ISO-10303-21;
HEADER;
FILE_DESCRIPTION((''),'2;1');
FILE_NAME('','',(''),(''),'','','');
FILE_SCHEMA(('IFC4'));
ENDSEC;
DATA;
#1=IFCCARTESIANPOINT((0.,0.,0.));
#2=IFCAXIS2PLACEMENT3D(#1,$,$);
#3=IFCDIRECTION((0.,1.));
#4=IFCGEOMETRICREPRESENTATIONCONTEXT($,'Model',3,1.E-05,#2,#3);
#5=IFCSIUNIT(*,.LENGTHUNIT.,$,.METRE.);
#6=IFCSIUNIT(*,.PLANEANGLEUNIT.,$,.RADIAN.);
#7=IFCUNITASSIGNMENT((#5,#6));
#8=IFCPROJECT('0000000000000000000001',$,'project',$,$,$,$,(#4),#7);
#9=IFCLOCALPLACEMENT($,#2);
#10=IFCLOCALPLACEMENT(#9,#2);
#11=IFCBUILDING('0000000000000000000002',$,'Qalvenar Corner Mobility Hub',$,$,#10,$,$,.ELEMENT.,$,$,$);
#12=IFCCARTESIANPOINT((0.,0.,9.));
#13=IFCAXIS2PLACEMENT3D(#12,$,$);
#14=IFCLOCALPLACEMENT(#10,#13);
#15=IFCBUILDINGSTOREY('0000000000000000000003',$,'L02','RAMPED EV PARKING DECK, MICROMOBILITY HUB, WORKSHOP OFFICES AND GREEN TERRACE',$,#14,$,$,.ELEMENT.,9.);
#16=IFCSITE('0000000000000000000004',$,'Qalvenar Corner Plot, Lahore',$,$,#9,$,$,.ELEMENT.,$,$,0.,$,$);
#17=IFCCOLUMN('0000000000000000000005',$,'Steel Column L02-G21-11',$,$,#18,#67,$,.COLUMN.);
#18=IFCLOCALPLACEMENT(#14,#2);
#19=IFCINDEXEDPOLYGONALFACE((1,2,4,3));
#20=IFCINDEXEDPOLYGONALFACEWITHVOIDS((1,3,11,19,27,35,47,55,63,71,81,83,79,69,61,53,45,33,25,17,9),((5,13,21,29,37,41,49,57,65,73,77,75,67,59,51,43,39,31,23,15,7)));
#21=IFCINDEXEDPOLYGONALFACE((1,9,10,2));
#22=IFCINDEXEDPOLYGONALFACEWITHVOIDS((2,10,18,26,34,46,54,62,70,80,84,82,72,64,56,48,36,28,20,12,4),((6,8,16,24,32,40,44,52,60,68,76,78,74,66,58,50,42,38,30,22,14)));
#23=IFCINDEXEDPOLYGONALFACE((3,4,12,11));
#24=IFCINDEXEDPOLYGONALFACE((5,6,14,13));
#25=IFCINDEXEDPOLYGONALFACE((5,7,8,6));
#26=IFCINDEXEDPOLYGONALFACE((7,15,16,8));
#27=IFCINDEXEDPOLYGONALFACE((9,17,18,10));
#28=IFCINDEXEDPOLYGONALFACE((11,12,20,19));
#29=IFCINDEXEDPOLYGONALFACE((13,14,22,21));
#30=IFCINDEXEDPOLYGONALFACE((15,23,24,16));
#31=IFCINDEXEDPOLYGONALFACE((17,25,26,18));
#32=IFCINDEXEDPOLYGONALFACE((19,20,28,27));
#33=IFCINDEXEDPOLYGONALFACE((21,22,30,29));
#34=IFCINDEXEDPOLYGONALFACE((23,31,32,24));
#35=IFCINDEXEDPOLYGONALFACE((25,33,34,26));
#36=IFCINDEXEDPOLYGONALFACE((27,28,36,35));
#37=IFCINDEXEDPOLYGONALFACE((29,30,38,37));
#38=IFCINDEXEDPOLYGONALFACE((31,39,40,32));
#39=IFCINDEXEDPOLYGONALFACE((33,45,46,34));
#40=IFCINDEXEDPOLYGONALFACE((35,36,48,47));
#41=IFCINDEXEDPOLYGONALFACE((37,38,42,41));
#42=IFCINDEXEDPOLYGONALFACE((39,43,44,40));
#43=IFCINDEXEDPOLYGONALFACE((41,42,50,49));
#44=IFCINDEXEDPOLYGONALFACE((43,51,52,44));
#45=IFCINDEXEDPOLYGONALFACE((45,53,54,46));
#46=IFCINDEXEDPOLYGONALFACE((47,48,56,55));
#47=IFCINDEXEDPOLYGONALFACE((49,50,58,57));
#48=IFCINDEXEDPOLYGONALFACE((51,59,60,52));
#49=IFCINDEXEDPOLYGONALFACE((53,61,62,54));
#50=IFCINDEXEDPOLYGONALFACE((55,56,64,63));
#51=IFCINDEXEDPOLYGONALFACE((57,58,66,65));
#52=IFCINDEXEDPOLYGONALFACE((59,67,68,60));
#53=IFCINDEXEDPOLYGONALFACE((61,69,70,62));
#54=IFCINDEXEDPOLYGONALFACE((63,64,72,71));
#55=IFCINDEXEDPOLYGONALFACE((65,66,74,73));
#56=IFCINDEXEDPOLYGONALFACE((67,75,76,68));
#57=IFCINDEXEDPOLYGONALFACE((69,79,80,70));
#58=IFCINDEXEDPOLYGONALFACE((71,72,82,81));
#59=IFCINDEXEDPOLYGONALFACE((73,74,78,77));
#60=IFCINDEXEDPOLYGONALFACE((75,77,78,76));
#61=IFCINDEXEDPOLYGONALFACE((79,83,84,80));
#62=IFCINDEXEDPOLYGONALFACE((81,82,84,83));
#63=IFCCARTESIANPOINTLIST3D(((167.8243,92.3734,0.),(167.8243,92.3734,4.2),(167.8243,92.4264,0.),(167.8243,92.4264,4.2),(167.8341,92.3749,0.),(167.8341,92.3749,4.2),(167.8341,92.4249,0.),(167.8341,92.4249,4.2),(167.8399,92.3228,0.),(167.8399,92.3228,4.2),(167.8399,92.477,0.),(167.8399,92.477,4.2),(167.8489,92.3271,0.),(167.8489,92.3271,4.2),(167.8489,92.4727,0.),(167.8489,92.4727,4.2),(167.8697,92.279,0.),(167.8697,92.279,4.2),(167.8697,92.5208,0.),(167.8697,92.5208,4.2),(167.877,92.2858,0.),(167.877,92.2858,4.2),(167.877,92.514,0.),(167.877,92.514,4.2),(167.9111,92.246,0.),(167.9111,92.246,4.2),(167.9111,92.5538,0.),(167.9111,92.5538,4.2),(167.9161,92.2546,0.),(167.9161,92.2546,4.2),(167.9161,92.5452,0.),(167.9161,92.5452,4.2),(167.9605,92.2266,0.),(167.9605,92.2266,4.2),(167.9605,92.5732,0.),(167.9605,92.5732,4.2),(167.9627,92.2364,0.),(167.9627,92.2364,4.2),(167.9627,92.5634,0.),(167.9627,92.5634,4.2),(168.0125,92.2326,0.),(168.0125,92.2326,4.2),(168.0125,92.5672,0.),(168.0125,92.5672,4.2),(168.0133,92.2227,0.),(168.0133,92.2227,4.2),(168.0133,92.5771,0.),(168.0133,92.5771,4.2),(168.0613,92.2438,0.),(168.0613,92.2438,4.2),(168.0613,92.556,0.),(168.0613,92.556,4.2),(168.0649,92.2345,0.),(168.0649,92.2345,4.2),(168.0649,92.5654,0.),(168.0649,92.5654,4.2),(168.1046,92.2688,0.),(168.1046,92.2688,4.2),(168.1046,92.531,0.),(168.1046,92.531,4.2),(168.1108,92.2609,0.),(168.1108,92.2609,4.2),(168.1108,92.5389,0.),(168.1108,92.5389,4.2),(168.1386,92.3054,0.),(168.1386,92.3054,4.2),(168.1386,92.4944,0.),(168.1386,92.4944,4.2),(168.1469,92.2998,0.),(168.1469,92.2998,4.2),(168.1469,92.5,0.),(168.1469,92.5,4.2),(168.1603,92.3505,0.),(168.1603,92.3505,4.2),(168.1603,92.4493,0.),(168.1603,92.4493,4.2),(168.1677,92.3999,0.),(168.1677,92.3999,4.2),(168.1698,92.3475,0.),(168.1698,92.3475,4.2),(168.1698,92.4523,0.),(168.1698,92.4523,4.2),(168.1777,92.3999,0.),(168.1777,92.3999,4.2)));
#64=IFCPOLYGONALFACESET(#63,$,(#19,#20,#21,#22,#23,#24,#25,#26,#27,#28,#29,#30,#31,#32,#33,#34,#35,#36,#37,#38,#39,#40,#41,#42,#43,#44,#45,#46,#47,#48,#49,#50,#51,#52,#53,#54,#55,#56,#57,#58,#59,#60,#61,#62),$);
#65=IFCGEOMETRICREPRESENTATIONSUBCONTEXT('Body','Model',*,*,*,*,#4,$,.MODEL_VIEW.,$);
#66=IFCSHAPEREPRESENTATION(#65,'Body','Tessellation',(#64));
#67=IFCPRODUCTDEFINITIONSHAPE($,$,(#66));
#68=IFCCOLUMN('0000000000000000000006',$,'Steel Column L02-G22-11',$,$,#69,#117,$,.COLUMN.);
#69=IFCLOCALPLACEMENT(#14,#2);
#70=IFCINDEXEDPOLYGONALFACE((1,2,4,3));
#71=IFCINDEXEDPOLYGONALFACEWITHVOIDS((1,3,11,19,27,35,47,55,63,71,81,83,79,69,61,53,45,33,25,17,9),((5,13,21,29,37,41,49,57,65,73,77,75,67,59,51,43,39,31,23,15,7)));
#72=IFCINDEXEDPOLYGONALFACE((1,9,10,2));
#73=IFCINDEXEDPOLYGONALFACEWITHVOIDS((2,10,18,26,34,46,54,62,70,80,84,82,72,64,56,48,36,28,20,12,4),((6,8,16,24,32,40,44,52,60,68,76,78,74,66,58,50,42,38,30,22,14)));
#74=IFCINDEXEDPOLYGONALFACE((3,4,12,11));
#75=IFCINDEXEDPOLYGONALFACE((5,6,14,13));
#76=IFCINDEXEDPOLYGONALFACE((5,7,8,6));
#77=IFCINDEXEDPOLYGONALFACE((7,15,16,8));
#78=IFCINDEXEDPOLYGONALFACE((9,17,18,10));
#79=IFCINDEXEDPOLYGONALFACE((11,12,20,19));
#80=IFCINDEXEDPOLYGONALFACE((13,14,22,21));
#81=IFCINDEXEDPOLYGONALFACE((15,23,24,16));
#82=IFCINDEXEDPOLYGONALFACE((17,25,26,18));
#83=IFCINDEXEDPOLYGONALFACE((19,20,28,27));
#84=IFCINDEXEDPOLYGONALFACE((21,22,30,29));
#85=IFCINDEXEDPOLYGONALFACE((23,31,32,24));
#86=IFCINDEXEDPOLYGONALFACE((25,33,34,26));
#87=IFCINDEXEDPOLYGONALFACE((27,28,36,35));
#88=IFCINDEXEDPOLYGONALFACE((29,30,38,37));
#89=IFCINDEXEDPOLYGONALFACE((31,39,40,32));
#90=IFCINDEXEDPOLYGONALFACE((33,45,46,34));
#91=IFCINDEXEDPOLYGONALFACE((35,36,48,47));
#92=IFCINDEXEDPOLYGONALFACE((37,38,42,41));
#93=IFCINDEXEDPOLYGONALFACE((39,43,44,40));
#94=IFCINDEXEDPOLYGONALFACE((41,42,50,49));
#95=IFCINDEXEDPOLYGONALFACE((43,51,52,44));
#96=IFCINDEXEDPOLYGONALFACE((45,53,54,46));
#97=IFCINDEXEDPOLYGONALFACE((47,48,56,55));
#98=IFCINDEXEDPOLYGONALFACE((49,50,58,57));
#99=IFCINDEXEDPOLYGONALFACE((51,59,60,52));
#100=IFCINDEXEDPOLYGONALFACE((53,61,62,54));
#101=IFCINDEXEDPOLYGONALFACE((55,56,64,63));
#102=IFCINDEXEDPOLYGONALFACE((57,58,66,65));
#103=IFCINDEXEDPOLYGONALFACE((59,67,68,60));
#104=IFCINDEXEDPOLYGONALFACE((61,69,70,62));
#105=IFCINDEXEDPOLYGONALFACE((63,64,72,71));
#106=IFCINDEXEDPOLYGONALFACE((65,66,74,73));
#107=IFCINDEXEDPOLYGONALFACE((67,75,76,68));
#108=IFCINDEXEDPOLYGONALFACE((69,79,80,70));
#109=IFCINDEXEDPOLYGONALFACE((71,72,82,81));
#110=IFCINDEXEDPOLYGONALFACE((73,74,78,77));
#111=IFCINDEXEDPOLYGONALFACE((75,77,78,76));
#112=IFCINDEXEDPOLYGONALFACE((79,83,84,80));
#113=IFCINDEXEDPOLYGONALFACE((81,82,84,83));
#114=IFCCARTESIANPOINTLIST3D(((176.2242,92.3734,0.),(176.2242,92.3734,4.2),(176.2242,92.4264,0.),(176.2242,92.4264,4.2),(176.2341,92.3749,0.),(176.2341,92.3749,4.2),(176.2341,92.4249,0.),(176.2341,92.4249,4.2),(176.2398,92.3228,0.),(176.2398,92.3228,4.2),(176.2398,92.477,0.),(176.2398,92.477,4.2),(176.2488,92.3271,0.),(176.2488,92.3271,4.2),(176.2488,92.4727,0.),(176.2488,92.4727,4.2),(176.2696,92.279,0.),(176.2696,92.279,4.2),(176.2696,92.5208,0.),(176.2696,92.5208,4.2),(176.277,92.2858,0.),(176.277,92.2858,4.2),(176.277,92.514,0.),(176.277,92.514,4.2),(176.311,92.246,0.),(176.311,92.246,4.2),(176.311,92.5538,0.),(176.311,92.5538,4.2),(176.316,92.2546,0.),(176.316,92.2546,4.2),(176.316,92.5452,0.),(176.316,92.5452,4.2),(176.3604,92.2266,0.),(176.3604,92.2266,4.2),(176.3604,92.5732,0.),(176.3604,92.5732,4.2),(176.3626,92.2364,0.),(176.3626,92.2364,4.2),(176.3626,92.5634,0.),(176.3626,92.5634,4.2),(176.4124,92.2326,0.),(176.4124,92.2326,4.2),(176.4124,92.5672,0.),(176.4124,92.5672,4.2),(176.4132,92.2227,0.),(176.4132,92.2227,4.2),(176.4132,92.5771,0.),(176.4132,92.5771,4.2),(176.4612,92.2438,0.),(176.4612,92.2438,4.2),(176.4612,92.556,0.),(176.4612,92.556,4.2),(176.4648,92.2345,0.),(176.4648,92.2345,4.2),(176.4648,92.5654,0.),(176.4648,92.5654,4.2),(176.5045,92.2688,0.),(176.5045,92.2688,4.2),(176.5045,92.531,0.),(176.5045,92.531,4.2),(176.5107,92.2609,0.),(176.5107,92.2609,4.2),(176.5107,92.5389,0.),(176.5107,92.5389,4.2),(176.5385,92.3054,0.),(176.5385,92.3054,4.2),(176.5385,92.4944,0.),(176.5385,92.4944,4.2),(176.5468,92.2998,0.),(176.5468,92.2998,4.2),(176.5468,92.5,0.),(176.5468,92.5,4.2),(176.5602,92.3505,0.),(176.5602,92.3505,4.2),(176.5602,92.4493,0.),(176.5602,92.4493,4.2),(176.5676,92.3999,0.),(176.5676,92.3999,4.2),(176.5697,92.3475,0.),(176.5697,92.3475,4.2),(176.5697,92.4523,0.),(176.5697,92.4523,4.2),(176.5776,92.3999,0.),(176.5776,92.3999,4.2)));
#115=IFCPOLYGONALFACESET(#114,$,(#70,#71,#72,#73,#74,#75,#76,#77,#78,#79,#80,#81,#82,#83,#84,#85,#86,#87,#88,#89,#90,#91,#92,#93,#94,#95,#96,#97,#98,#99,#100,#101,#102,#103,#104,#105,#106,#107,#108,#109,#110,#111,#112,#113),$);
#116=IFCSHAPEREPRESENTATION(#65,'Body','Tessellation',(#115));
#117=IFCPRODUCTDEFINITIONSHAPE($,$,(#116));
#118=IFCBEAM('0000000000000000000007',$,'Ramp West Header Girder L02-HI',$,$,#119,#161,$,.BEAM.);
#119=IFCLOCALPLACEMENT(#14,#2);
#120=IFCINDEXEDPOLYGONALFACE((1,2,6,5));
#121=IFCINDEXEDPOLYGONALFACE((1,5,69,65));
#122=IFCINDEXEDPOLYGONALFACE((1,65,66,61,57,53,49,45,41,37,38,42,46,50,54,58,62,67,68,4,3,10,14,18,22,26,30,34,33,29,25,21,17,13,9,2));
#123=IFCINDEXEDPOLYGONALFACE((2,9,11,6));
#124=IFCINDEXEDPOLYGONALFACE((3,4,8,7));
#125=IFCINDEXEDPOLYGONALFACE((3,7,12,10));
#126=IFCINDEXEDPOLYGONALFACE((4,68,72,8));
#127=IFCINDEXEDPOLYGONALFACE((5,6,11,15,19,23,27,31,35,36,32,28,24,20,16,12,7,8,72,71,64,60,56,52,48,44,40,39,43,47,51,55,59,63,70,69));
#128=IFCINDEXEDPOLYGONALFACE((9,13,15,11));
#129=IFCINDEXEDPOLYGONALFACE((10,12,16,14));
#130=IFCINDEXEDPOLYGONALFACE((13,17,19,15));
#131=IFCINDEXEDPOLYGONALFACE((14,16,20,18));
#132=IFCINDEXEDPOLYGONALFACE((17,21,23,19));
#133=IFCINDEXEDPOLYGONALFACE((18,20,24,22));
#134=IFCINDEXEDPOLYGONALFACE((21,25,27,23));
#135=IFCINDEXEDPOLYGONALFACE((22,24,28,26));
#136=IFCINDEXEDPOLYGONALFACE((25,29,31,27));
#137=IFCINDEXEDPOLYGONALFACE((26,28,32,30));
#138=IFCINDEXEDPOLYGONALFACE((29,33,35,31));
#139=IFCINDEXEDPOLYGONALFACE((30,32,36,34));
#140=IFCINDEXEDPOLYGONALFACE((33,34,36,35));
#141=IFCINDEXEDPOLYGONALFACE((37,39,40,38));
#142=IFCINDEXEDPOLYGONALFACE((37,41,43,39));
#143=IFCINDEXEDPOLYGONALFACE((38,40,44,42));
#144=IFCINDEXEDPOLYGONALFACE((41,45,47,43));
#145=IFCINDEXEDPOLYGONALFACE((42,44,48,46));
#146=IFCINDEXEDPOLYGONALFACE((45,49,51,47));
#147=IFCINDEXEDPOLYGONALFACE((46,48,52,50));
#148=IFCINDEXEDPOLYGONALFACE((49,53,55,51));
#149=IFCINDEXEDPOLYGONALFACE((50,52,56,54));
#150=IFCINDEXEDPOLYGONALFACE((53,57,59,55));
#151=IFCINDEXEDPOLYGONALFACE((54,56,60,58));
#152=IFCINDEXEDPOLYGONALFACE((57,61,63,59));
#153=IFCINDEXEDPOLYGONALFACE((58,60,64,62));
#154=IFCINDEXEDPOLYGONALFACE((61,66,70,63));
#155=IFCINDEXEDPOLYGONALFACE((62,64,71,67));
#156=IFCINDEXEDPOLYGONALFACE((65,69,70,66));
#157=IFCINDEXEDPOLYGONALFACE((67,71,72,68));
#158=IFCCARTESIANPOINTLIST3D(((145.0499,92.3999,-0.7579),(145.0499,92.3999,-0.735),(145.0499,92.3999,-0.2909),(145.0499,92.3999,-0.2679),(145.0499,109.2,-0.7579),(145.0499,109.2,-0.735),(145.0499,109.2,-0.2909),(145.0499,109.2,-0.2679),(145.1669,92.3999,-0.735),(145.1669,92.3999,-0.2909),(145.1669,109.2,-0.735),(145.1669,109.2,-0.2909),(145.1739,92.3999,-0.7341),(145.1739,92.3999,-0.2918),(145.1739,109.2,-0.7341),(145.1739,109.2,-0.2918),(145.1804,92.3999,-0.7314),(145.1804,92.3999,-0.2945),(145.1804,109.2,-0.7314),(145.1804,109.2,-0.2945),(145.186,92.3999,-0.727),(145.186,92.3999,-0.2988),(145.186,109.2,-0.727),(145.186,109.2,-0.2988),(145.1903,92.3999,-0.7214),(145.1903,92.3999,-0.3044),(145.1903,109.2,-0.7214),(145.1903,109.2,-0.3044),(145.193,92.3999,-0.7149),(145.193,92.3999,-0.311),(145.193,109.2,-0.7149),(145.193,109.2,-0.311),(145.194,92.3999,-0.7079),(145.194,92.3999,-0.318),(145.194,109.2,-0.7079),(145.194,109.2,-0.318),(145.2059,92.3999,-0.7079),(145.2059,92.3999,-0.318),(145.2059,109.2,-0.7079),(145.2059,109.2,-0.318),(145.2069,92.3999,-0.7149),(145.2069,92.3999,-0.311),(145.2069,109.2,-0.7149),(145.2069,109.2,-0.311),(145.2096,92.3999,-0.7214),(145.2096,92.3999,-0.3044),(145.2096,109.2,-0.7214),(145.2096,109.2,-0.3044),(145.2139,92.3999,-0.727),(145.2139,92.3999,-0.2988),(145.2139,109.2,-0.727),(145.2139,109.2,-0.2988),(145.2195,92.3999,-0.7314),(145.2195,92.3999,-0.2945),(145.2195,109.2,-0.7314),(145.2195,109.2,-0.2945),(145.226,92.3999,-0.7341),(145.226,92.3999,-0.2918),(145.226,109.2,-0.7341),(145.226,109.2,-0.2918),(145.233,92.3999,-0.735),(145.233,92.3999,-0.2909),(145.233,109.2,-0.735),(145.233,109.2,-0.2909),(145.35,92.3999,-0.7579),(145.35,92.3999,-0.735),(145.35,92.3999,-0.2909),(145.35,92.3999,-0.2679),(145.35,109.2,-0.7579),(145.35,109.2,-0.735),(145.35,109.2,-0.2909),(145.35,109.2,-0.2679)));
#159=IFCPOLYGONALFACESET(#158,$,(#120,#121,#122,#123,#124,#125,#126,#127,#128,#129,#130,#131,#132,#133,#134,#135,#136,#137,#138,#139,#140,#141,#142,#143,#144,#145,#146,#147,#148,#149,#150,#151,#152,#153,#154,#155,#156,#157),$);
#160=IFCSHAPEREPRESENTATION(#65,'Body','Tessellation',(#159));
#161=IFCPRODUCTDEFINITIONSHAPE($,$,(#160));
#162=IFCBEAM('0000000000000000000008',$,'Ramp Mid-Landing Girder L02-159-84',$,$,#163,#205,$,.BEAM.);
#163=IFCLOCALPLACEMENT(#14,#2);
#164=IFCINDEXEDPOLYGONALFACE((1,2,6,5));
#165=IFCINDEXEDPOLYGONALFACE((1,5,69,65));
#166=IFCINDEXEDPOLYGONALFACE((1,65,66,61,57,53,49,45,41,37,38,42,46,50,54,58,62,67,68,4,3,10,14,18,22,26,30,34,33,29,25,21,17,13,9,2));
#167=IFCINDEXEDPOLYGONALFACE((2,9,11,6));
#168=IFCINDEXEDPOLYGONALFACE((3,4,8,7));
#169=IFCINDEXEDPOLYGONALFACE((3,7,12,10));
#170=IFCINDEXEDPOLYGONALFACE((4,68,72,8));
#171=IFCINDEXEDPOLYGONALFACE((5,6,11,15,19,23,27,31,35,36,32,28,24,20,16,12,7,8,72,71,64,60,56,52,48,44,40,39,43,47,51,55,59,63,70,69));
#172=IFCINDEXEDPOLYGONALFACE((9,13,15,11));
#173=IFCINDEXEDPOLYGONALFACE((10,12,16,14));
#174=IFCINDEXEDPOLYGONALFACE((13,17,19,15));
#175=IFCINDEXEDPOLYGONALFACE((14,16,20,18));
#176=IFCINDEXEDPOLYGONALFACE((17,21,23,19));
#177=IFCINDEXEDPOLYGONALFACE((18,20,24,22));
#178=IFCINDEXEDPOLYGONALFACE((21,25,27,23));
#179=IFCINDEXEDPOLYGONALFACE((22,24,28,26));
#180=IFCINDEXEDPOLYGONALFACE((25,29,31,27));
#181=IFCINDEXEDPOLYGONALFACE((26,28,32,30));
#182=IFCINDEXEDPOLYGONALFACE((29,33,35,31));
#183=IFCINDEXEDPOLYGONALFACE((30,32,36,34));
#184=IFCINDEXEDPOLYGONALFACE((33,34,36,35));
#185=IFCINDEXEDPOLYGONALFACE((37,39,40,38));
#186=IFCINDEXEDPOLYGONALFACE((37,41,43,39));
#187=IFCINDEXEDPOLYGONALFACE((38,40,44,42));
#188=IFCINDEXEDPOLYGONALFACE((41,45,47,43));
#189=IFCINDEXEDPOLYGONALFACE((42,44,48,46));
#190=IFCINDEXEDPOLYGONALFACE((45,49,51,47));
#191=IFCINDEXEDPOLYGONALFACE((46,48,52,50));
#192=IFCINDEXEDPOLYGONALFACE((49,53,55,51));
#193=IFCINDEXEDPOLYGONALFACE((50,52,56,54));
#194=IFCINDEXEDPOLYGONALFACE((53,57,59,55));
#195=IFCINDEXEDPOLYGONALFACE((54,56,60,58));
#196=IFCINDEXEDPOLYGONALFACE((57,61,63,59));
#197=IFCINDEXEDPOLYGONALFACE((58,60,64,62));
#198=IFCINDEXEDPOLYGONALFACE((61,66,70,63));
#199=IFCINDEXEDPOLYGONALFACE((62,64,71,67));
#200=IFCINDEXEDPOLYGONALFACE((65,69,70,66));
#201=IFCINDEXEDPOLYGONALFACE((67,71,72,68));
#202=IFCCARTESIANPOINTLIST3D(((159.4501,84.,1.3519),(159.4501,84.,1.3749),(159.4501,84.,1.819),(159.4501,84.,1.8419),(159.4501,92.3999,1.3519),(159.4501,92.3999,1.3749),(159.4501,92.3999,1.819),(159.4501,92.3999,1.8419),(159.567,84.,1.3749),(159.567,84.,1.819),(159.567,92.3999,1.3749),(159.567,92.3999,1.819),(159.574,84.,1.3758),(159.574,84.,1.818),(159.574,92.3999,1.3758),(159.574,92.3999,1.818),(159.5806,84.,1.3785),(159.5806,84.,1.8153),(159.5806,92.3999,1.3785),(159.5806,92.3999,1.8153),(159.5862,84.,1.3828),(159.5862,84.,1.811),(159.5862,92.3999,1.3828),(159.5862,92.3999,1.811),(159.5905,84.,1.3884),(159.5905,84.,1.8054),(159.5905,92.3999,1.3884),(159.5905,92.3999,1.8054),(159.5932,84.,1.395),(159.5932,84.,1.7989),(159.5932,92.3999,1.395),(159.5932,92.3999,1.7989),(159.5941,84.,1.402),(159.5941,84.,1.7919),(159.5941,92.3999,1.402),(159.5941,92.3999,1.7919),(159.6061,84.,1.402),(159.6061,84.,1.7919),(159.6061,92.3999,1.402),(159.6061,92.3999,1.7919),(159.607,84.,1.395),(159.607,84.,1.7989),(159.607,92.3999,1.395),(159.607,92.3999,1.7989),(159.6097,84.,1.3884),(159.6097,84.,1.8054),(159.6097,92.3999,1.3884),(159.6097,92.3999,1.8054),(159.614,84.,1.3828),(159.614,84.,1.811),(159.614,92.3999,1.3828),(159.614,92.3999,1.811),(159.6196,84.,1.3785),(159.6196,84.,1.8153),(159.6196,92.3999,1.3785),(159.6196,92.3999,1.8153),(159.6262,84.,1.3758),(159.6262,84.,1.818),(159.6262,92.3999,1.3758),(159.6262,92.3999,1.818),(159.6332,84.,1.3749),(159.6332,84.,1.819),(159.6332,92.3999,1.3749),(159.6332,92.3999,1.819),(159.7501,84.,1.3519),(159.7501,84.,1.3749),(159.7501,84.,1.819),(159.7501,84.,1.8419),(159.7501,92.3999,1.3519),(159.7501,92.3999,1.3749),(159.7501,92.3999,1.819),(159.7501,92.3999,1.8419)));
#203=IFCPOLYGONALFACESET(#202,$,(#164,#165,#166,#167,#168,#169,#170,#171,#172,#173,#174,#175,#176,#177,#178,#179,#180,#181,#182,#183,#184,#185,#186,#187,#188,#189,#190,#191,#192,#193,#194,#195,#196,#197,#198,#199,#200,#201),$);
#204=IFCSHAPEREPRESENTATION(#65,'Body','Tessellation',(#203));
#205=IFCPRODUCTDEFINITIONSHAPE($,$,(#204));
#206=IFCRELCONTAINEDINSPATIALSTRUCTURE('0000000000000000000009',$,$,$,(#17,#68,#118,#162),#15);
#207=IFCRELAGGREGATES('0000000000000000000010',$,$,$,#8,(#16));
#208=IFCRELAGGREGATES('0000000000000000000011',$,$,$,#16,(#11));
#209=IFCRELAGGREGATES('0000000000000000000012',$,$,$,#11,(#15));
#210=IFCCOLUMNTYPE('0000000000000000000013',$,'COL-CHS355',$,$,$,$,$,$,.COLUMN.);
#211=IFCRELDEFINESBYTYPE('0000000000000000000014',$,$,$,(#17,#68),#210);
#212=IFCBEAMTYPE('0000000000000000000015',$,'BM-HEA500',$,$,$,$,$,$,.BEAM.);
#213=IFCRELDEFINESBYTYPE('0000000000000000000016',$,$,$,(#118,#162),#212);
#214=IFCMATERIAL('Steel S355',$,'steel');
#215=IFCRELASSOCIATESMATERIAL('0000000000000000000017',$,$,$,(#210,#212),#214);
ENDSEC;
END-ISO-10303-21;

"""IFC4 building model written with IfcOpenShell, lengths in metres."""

from ifc_helpers import new_model, si_unit, direction, frame, origin, origin_2d, place, context, subcontext, project, spatial, hollow_circle, i_section, extrude, material, material_profile, profile_set, type_object, element, save


model = new_model("IFC4")

# Units and contexts
model_context = context("Model", 3, precision=1e-05, world=origin(), true_north=direction((0.0, 1.0)))
body_context = subcontext(model_context, "Body", "Model", "MODEL_VIEW")
ifc_project = project(units=[si_unit("LENGTHUNIT", "METRE"), si_unit("PLANEANGLEUNIT", "RADIAN")], contexts=[model_context])

# Site, building, storey
site_placement = place(None, origin())
site = spatial("IfcSite", under=ifc_project, at=site_placement, Name="Qalvenar Corner Plot, Lahore", CompositionType="ELEMENT", RefElevation=0.0)
building_placement = place(site_placement, origin())
building = spatial("IfcBuilding", under=site, at=building_placement, Name="Qalvenar Corner Mobility Hub", CompositionType="ELEMENT")
storey_placement = place(building_placement, frame((0.0, 0.0, 9.0)))
storey = spatial("IfcBuildingStorey", under=building, at=storey_placement, Name="L02", Description="RAMPED EV PARKING DECK, MICROMOBILITY HUB, WORKSHOP OFFICES AND GREEN TERRACE", CompositionType="ELEMENT", Elevation=9.0)

# Columns
ifc_material_1 = material(Name="Steel S355", Category="steel")
ifc_material_profile_1 = material_profile(ifc_material_1, hollow_circle(Radius=0.1777, WallThickness=0.01, at=origin_2d()), Name="CHS355.6x10")
ifc_profile_set_1 = profile_set([ifc_material_profile_1], Name="Steel S355")
column_type = type_object("IfcColumnType", Name="COL-CHS355", PredefinedType="COLUMN", material=ifc_profile_set_1)
for number, where, z_axis, x_axis, name in (
    (1, (168.0, 92.3999, 0.0), (0.0, 0.0, 1.0), (1.0, 0.0, 0.0), "Steel Column L02-G21-11"),
    (2, (176.3999, 92.3999, 0.0), (0.0, 0.0, 1.0), (1.0, 0.0, 0.0), "Steel Column L02-G22-11"),
):
    element("IfcColumn", number, at=place(storey_placement, frame(where, z_axis=z_axis, x_axis=x_axis)), inside=storey, type_object=column_type, Name=name, PredefinedType="COLUMN", context=body_context, shape_type="SweptSolid", body=[
        extrude(hollow_circle(Radius=0.1777, WallThickness=0.01, at=origin_2d()), origin(), (0.0, 0.0, 1.0), 4.2),
    ])

# Beams
ifc_material_profile_2 = material_profile(ifc_material_1, i_section(OverallWidth=0.3, OverallDepth=0.49, WebThickness=0.012, FlangeThickness=0.0229, FilletRadius=0.0271, at=origin_2d()), Name="HEA500")
ifc_profile_set_2 = profile_set([ifc_material_profile_2], Name="Steel S355")
beam_type_1 = type_object("IfcBeamType", Name="BM-HEA500", PredefinedType="BEAM", material=ifc_profile_set_2)
beam_1_placement = place(storey_placement, frame((145.2, 92.3999, -0.5129), z_axis=(0.0, 1.0, 0.0), x_axis=(-1.0, 0.0, 0.0)))
element("IfcBeam", 3, at=beam_1_placement, inside=storey, type_object=beam_type_1, Name="Ramp West Header Girder L02-HI", PredefinedType="BEAM", context=body_context, shape_type="SweptSolid", body=[
    extrude(i_section(OverallWidth=0.3, OverallDepth=0.49, WebThickness=0.012, FlangeThickness=0.0229, FilletRadius=0.0271, at=origin_2d()), origin(), (0.0, 0.0, 1.0), 16.8),
])
beam_2_placement = place(storey_placement, frame((159.6001, 84.0, 1.5969), z_axis=(0.0, 1.0, 0.0), x_axis=(-1.0, 0.0, 0.0)))
element("IfcBeam", 4, at=beam_2_placement, inside=storey, type_object=beam_type_1, Name="Ramp Mid-Landing Girder L02-159-84", PredefinedType="BEAM", context=body_context, shape_type="SweptSolid", body=[
    extrude(i_section(OverallWidth=0.3, OverallDepth=0.49, WebThickness=0.012, FlangeThickness=0.0229, FilletRadius=0.0271, at=origin_2d()), origin(), (0.0, 0.0, 1.0), 8.3999),
])

save(model, "model.ifc")
